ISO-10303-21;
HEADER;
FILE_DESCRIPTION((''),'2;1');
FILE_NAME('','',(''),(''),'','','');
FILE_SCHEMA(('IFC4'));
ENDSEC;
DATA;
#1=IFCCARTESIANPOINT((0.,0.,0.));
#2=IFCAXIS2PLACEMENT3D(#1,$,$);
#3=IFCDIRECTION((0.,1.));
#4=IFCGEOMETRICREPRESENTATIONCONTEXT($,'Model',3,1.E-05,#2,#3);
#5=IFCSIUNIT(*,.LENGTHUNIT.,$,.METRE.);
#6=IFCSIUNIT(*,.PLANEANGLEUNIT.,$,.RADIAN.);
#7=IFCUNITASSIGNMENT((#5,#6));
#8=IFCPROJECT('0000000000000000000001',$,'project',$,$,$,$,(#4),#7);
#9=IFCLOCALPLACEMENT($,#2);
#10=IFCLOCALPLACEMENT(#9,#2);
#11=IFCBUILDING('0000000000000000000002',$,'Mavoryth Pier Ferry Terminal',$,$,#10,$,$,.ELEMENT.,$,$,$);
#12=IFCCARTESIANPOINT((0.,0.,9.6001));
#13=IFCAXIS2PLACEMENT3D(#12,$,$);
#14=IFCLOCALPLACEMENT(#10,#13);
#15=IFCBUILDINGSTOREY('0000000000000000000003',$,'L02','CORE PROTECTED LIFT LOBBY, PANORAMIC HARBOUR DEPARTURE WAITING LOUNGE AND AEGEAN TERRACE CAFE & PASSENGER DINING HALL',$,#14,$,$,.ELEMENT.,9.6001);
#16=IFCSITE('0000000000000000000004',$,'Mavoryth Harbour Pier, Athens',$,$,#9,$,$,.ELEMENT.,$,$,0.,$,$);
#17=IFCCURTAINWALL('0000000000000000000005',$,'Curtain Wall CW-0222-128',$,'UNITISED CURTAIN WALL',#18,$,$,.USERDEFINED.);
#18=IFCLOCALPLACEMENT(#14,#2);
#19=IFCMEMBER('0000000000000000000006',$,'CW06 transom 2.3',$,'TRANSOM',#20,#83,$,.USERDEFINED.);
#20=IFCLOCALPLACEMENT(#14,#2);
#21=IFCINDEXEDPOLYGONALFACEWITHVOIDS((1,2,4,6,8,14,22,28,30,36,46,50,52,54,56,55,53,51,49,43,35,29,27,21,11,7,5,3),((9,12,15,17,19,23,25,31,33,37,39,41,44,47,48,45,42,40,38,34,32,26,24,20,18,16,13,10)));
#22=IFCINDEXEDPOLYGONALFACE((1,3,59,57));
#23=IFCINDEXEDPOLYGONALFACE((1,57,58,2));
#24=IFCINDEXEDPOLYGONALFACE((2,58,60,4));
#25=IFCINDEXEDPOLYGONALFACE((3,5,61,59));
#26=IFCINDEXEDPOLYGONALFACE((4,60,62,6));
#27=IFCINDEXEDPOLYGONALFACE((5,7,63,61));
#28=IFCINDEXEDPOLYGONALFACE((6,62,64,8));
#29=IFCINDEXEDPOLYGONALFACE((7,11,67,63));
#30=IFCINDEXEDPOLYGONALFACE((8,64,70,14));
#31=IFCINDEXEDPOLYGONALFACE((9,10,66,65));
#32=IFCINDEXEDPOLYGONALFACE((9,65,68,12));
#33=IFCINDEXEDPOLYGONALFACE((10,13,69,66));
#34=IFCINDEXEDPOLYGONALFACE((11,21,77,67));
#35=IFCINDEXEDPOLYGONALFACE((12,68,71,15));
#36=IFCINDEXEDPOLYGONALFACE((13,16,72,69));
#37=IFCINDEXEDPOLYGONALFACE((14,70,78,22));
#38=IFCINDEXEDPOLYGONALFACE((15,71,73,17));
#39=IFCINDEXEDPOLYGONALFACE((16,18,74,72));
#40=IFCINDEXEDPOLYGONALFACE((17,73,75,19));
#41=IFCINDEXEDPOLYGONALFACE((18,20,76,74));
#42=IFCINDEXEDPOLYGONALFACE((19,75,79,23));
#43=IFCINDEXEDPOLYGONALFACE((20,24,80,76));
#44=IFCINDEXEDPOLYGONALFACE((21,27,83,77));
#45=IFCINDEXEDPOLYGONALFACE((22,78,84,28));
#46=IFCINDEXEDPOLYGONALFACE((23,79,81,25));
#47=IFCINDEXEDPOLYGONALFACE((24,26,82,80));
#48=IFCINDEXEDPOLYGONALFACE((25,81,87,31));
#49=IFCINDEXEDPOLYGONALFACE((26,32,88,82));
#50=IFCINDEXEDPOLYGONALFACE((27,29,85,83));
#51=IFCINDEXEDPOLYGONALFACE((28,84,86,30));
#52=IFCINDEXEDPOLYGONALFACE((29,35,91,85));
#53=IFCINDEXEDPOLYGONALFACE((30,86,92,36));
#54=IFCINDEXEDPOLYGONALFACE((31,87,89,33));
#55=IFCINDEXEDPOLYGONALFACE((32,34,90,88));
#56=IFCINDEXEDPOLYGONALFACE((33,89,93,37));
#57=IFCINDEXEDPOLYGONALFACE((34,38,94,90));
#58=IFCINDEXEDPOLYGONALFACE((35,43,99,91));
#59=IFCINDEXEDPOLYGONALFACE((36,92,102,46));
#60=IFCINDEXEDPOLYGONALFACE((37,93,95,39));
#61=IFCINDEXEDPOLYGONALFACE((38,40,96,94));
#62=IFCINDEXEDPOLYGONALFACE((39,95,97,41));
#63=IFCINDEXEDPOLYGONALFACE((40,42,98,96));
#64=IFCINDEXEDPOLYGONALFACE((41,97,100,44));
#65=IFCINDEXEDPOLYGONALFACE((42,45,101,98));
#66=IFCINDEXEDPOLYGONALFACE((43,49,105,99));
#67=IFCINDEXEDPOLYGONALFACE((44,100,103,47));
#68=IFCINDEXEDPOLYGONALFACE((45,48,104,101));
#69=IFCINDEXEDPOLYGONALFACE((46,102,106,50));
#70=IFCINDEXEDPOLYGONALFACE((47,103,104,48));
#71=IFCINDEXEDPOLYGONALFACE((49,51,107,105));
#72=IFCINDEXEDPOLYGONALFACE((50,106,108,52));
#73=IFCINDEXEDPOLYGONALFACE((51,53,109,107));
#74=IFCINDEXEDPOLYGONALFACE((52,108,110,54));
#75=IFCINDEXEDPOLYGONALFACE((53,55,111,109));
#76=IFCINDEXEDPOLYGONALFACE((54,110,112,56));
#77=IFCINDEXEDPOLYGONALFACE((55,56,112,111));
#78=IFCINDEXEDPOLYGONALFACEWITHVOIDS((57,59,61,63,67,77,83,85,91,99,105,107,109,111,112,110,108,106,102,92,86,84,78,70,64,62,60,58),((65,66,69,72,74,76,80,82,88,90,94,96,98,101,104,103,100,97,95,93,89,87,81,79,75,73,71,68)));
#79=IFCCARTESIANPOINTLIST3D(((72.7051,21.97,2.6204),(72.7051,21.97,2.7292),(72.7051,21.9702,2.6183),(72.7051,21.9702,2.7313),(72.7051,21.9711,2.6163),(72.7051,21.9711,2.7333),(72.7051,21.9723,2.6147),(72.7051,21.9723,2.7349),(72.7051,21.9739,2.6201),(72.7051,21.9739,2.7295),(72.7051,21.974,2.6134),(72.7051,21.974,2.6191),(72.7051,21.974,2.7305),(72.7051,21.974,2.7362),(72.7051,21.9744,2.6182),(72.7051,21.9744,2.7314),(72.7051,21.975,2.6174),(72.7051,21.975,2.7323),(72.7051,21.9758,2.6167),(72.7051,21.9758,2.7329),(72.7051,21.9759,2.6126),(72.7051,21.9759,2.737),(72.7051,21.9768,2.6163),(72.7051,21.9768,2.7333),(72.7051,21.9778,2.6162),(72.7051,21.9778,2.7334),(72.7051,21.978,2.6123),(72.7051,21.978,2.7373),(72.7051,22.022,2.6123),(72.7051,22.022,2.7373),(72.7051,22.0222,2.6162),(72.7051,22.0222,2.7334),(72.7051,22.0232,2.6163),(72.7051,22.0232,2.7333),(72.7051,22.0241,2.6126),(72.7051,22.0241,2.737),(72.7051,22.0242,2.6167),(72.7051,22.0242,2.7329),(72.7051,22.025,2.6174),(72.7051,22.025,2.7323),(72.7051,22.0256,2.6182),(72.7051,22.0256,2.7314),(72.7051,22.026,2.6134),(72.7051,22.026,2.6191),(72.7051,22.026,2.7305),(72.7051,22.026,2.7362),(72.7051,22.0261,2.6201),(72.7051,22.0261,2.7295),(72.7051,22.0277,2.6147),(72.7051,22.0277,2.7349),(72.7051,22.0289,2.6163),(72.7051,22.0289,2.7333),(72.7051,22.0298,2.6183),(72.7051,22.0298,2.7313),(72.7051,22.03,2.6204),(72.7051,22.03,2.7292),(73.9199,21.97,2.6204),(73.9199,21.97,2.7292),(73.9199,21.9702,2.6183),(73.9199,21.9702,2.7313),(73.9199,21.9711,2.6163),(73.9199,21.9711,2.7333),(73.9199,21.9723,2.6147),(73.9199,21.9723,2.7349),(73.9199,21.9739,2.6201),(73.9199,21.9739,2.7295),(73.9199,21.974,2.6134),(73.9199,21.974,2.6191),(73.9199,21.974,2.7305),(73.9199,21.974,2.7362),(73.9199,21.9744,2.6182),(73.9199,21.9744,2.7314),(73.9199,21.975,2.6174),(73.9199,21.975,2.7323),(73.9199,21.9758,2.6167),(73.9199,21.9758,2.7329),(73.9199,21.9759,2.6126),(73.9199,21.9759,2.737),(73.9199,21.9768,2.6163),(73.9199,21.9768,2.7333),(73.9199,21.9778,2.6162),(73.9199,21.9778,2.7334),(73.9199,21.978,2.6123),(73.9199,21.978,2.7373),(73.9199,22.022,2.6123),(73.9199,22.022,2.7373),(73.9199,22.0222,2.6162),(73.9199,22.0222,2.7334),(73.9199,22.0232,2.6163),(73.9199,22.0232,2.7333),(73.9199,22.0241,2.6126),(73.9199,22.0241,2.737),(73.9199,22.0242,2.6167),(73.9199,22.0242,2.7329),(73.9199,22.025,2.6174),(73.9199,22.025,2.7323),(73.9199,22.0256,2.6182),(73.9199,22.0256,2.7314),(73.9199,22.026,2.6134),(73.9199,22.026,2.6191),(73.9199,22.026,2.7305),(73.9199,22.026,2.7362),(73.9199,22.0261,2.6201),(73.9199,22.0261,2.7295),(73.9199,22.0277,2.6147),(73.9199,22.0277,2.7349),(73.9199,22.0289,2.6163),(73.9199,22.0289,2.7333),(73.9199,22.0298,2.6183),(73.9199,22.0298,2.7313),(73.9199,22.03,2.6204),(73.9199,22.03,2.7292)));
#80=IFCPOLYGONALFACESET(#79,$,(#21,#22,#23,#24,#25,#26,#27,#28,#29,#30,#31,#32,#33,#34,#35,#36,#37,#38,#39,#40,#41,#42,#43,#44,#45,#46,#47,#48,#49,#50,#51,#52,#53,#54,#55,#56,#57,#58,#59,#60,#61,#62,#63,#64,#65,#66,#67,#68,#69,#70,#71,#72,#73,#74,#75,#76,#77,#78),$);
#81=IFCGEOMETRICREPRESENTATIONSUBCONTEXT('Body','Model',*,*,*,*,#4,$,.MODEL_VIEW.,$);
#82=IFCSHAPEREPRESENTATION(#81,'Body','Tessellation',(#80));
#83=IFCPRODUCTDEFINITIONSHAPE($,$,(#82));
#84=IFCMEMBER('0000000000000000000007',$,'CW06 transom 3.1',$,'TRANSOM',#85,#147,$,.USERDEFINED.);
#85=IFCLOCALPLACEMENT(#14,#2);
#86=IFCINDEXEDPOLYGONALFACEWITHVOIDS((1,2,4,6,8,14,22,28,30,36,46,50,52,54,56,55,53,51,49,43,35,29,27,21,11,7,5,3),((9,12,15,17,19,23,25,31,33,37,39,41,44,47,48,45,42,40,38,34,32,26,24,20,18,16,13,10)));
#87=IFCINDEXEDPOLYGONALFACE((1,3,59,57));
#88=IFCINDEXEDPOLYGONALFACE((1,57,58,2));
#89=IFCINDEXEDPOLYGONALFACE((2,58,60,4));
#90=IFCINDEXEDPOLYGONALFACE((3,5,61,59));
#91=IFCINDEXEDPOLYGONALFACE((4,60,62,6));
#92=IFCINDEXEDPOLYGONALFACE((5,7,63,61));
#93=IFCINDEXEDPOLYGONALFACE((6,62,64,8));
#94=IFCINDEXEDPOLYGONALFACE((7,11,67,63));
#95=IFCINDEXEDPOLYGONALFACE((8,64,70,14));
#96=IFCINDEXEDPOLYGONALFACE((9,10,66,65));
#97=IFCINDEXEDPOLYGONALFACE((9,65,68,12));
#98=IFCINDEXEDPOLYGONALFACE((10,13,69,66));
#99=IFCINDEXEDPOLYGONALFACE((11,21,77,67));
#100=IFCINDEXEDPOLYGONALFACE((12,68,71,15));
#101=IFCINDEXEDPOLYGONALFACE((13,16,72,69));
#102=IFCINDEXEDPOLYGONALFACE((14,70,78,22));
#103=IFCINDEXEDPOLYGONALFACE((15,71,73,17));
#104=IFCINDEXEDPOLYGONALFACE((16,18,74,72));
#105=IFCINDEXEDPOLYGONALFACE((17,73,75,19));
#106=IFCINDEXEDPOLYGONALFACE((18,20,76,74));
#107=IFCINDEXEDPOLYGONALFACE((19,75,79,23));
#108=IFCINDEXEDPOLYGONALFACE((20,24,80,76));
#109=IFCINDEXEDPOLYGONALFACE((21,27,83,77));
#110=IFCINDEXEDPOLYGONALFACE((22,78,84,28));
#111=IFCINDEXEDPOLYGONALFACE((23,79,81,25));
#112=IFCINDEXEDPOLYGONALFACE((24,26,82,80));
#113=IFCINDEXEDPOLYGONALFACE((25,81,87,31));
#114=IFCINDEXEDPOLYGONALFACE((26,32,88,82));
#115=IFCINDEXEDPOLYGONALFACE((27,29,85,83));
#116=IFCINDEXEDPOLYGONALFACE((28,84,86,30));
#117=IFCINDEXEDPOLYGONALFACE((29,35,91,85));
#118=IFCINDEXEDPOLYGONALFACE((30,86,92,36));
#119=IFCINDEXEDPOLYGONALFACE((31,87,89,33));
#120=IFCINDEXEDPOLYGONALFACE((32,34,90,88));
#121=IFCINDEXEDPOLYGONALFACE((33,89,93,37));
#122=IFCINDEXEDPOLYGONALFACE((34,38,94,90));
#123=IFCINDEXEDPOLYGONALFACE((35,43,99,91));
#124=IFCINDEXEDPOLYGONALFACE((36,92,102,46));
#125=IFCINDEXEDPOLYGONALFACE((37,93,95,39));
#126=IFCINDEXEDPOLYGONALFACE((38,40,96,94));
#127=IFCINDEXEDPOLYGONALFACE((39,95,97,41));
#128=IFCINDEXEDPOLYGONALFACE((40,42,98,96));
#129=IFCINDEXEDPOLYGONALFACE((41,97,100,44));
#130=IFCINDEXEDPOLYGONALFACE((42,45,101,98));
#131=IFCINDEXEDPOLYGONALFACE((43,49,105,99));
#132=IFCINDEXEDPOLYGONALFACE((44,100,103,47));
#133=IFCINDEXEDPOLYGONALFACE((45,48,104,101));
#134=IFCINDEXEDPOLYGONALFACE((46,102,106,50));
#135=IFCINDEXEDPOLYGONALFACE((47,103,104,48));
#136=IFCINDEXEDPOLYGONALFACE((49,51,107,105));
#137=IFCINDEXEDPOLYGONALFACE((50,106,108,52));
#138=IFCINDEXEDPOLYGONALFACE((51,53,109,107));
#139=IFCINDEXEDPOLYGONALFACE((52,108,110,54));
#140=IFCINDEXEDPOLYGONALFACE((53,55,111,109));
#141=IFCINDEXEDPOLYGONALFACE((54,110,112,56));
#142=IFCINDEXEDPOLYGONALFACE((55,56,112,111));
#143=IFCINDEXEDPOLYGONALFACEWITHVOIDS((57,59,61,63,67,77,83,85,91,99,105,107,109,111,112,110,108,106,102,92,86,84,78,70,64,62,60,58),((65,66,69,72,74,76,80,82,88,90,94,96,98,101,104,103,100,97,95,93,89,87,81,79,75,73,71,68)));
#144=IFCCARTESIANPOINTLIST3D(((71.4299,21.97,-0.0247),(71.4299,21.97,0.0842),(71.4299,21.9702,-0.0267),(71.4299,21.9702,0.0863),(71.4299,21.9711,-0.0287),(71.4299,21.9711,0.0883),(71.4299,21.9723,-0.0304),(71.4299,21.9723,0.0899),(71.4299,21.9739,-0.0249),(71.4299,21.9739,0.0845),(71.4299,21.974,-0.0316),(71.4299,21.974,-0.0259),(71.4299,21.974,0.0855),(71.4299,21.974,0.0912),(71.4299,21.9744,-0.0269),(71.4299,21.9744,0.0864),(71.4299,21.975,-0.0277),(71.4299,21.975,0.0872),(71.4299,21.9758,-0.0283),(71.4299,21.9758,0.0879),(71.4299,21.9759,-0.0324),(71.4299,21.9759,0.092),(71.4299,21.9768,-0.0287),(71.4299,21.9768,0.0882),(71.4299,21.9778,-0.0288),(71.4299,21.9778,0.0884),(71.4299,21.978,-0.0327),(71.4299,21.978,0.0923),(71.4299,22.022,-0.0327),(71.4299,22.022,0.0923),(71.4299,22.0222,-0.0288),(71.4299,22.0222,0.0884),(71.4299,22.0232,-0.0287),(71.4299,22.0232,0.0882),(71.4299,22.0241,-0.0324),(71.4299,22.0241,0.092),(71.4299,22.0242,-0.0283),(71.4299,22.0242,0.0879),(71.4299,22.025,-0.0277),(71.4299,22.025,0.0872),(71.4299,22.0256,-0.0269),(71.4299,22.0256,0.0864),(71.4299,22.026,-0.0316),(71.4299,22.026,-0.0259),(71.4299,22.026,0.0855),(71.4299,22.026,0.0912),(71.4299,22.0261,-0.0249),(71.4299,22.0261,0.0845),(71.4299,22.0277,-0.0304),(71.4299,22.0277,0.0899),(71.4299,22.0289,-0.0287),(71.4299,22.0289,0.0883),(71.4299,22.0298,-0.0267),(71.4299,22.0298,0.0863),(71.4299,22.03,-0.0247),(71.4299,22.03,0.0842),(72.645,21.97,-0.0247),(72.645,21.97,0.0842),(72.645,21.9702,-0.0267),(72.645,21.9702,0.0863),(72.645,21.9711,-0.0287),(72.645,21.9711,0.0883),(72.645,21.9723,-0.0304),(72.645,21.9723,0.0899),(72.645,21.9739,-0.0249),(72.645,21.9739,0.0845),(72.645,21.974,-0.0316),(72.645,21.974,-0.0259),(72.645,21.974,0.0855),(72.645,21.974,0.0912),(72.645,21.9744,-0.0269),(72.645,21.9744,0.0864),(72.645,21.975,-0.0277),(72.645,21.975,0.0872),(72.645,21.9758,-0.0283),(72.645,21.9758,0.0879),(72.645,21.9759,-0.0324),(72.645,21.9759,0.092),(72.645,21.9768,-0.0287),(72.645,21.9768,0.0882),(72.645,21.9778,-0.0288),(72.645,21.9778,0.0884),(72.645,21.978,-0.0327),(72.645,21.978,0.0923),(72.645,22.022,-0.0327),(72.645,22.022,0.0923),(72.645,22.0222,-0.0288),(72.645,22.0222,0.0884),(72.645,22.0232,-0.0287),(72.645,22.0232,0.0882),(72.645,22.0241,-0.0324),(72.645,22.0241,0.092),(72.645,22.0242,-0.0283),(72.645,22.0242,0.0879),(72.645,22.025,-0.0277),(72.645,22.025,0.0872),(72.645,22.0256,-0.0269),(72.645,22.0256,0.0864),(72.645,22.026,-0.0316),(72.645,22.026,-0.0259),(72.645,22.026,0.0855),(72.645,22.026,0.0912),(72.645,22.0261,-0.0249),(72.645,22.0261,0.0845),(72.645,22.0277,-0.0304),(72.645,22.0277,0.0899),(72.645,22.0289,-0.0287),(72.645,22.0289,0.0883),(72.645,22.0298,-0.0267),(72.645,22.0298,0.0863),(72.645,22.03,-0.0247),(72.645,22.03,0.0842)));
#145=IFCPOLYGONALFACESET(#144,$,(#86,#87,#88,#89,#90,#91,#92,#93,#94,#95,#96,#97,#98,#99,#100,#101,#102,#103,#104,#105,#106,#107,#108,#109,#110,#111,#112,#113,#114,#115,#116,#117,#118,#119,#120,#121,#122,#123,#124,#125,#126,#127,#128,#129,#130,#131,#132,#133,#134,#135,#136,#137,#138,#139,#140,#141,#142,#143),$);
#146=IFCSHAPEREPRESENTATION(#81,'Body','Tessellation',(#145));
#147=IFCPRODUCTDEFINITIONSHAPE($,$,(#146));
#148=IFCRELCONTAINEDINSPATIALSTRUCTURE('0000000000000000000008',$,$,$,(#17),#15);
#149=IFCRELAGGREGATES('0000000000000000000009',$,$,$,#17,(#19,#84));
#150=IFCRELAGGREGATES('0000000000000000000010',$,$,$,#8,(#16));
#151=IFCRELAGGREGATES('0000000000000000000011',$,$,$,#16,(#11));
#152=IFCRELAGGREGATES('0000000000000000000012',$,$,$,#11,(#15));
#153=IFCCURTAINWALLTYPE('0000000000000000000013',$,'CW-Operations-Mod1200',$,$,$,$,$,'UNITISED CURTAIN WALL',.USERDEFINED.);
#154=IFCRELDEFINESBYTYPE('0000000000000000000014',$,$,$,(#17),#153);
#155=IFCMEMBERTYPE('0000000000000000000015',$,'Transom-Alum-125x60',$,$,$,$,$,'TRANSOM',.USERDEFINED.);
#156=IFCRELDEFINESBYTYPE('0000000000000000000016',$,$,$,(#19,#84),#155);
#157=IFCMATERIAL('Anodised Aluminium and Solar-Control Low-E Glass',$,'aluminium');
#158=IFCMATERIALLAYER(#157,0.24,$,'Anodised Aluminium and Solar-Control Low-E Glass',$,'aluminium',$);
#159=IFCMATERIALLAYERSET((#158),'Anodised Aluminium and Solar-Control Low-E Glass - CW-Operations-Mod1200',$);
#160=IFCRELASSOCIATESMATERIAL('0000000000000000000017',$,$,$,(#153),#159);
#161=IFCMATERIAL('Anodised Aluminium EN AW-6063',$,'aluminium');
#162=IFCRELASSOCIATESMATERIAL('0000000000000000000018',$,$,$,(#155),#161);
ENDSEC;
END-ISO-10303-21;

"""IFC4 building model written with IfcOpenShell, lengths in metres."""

from ifc_helpers import new_model, si_unit, direction, frame, origin, origin_2d, place, context, subcontext, project, spatial, hollow_rectangle, extrude, material, layer, layer_set, material_profile, profile_set, type_object, element, aggregate, save


model = new_model("IFC4")

# Units and contexts
model_context = context("Model", 3, precision=1e-05, world=origin(), true_north=direction((0.0, 1.0)))
body_context = subcontext(model_context, "Body", "Model", "MODEL_VIEW")
ifc_project = project(units=[si_unit("LENGTHUNIT", "METRE"), si_unit("PLANEANGLEUNIT", "RADIAN")], contexts=[model_context])

# Site, building, storey
site_placement = place(None, origin())
site = spatial("IfcSite", under=ifc_project, at=site_placement, Name="Mavoryth Harbour Pier, Athens", CompositionType="ELEMENT", RefElevation=0.0)
building_placement = place(site_placement, origin())
building = spatial("IfcBuilding", under=site, at=building_placement, Name="Mavoryth Pier Ferry Terminal", CompositionType="ELEMENT")
storey_placement = place(building_placement, frame((0.0, 0.0, 9.6001)))
storey = spatial("IfcBuildingStorey", under=building, at=storey_placement, Name="L02", Description="CORE PROTECTED LIFT LOBBY, PANORAMIC HARBOUR DEPARTURE WAITING LOUNGE AND AEGEAN TERRACE CAFE & PASSENGER DINING HALL", CompositionType="ELEMENT", Elevation=9.6001)

# Curtain wall
ifc_material_1 = material(Name="Anodised Aluminium and Solar-Control Low-E Glass", Category="aluminium")
ifc_layer_1 = layer(ifc_material_1, 0.24, Name="Anodised Aluminium and Solar-Control Low-E Glass", Category="aluminium")
ifc_layer_set_1 = layer_set([ifc_layer_1], Name="Anodised Aluminium and Solar-Control Low-E Glass - CW-Operations-Mod1200")
curtain_wall_type = type_object("IfcCurtainWallType", Name="CW-Operations-Mod1200", ElementType="UNITISED CURTAIN WALL", PredefinedType="USERDEFINED", material=ifc_layer_set_1)
curtain_wall_1_placement = place(storey_placement, origin())
curtain_wall_1 = element("IfcCurtainWall", 1, at=curtain_wall_1_placement, inside=storey, type_object=curtain_wall_type, Name="Curtain Wall CW-0222-128", ObjectType="UNITISED CURTAIN WALL", PredefinedType="USERDEFINED")
ifc_material_2 = material(Name="Anodised Aluminium EN AW-6063", Category="aluminium")

# Members
ifc_material_profile_1 = material_profile(ifc_material_2, hollow_rectangle(XDim=0.0601, YDim=0.125, WallThickness=0.0039, InnerFilletRadius=0.0039, OuterFilletRadius=0.0081, at=origin_2d()), Name="AL-TRAN 125x60x4", Category="aluminium")
ifc_profile_set_1 = profile_set([ifc_material_profile_1], Name="Anodised Aluminium EN AW-6063 - AL-TRAN 125x60x4")
member_type_1 = type_object("IfcMemberType", Name="Transom-Alum-125x60", ElementType="TRANSOM", PredefinedType="USERDEFINED", material=ifc_profile_set_1)
member_1_placement = place(storey_placement, frame((73.9199, 22.0, 2.6748), z_axis=(-1.0, 0.0, 0.0), x_axis=(0.0, -1.0, 0.0)))
member_1 = element("IfcMember", 2, at=member_1_placement, type_object=member_type_1, Name="CW06 transom 2.3", ObjectType="TRANSOM", PredefinedType="USERDEFINED", context=body_context, shape_type="SweptSolid", body=[
    extrude(hollow_rectangle(XDim=0.0601, YDim=0.125, WallThickness=0.0039, InnerFilletRadius=0.0039, OuterFilletRadius=0.0081, at=origin_2d()), origin(), (0.0, 0.0, 1.0), 1.2148),
])
member_2_placement = place(storey_placement, frame((72.645, 22.0, 0.0298), z_axis=(-1.0, 0.0, 0.0), x_axis=(0.0, -1.0, 0.0)))
member_2 = element("IfcMember", 3, at=member_2_placement, type_object=member_type_1, Name="CW06 transom 3.1", ObjectType="TRANSOM", PredefinedType="USERDEFINED", context=body_context, shape_type="SweptSolid", body=[
    extrude(hollow_rectangle(XDim=0.0601, YDim=0.125, WallThickness=0.0039, InnerFilletRadius=0.0039, OuterFilletRadius=0.0081, at=origin_2d()), origin(), (0.0, 0.0, 1.0), 1.2151),
])

aggregate(curtain_wall_1, [member_1, member_2])

save(model, "model.ifc")
